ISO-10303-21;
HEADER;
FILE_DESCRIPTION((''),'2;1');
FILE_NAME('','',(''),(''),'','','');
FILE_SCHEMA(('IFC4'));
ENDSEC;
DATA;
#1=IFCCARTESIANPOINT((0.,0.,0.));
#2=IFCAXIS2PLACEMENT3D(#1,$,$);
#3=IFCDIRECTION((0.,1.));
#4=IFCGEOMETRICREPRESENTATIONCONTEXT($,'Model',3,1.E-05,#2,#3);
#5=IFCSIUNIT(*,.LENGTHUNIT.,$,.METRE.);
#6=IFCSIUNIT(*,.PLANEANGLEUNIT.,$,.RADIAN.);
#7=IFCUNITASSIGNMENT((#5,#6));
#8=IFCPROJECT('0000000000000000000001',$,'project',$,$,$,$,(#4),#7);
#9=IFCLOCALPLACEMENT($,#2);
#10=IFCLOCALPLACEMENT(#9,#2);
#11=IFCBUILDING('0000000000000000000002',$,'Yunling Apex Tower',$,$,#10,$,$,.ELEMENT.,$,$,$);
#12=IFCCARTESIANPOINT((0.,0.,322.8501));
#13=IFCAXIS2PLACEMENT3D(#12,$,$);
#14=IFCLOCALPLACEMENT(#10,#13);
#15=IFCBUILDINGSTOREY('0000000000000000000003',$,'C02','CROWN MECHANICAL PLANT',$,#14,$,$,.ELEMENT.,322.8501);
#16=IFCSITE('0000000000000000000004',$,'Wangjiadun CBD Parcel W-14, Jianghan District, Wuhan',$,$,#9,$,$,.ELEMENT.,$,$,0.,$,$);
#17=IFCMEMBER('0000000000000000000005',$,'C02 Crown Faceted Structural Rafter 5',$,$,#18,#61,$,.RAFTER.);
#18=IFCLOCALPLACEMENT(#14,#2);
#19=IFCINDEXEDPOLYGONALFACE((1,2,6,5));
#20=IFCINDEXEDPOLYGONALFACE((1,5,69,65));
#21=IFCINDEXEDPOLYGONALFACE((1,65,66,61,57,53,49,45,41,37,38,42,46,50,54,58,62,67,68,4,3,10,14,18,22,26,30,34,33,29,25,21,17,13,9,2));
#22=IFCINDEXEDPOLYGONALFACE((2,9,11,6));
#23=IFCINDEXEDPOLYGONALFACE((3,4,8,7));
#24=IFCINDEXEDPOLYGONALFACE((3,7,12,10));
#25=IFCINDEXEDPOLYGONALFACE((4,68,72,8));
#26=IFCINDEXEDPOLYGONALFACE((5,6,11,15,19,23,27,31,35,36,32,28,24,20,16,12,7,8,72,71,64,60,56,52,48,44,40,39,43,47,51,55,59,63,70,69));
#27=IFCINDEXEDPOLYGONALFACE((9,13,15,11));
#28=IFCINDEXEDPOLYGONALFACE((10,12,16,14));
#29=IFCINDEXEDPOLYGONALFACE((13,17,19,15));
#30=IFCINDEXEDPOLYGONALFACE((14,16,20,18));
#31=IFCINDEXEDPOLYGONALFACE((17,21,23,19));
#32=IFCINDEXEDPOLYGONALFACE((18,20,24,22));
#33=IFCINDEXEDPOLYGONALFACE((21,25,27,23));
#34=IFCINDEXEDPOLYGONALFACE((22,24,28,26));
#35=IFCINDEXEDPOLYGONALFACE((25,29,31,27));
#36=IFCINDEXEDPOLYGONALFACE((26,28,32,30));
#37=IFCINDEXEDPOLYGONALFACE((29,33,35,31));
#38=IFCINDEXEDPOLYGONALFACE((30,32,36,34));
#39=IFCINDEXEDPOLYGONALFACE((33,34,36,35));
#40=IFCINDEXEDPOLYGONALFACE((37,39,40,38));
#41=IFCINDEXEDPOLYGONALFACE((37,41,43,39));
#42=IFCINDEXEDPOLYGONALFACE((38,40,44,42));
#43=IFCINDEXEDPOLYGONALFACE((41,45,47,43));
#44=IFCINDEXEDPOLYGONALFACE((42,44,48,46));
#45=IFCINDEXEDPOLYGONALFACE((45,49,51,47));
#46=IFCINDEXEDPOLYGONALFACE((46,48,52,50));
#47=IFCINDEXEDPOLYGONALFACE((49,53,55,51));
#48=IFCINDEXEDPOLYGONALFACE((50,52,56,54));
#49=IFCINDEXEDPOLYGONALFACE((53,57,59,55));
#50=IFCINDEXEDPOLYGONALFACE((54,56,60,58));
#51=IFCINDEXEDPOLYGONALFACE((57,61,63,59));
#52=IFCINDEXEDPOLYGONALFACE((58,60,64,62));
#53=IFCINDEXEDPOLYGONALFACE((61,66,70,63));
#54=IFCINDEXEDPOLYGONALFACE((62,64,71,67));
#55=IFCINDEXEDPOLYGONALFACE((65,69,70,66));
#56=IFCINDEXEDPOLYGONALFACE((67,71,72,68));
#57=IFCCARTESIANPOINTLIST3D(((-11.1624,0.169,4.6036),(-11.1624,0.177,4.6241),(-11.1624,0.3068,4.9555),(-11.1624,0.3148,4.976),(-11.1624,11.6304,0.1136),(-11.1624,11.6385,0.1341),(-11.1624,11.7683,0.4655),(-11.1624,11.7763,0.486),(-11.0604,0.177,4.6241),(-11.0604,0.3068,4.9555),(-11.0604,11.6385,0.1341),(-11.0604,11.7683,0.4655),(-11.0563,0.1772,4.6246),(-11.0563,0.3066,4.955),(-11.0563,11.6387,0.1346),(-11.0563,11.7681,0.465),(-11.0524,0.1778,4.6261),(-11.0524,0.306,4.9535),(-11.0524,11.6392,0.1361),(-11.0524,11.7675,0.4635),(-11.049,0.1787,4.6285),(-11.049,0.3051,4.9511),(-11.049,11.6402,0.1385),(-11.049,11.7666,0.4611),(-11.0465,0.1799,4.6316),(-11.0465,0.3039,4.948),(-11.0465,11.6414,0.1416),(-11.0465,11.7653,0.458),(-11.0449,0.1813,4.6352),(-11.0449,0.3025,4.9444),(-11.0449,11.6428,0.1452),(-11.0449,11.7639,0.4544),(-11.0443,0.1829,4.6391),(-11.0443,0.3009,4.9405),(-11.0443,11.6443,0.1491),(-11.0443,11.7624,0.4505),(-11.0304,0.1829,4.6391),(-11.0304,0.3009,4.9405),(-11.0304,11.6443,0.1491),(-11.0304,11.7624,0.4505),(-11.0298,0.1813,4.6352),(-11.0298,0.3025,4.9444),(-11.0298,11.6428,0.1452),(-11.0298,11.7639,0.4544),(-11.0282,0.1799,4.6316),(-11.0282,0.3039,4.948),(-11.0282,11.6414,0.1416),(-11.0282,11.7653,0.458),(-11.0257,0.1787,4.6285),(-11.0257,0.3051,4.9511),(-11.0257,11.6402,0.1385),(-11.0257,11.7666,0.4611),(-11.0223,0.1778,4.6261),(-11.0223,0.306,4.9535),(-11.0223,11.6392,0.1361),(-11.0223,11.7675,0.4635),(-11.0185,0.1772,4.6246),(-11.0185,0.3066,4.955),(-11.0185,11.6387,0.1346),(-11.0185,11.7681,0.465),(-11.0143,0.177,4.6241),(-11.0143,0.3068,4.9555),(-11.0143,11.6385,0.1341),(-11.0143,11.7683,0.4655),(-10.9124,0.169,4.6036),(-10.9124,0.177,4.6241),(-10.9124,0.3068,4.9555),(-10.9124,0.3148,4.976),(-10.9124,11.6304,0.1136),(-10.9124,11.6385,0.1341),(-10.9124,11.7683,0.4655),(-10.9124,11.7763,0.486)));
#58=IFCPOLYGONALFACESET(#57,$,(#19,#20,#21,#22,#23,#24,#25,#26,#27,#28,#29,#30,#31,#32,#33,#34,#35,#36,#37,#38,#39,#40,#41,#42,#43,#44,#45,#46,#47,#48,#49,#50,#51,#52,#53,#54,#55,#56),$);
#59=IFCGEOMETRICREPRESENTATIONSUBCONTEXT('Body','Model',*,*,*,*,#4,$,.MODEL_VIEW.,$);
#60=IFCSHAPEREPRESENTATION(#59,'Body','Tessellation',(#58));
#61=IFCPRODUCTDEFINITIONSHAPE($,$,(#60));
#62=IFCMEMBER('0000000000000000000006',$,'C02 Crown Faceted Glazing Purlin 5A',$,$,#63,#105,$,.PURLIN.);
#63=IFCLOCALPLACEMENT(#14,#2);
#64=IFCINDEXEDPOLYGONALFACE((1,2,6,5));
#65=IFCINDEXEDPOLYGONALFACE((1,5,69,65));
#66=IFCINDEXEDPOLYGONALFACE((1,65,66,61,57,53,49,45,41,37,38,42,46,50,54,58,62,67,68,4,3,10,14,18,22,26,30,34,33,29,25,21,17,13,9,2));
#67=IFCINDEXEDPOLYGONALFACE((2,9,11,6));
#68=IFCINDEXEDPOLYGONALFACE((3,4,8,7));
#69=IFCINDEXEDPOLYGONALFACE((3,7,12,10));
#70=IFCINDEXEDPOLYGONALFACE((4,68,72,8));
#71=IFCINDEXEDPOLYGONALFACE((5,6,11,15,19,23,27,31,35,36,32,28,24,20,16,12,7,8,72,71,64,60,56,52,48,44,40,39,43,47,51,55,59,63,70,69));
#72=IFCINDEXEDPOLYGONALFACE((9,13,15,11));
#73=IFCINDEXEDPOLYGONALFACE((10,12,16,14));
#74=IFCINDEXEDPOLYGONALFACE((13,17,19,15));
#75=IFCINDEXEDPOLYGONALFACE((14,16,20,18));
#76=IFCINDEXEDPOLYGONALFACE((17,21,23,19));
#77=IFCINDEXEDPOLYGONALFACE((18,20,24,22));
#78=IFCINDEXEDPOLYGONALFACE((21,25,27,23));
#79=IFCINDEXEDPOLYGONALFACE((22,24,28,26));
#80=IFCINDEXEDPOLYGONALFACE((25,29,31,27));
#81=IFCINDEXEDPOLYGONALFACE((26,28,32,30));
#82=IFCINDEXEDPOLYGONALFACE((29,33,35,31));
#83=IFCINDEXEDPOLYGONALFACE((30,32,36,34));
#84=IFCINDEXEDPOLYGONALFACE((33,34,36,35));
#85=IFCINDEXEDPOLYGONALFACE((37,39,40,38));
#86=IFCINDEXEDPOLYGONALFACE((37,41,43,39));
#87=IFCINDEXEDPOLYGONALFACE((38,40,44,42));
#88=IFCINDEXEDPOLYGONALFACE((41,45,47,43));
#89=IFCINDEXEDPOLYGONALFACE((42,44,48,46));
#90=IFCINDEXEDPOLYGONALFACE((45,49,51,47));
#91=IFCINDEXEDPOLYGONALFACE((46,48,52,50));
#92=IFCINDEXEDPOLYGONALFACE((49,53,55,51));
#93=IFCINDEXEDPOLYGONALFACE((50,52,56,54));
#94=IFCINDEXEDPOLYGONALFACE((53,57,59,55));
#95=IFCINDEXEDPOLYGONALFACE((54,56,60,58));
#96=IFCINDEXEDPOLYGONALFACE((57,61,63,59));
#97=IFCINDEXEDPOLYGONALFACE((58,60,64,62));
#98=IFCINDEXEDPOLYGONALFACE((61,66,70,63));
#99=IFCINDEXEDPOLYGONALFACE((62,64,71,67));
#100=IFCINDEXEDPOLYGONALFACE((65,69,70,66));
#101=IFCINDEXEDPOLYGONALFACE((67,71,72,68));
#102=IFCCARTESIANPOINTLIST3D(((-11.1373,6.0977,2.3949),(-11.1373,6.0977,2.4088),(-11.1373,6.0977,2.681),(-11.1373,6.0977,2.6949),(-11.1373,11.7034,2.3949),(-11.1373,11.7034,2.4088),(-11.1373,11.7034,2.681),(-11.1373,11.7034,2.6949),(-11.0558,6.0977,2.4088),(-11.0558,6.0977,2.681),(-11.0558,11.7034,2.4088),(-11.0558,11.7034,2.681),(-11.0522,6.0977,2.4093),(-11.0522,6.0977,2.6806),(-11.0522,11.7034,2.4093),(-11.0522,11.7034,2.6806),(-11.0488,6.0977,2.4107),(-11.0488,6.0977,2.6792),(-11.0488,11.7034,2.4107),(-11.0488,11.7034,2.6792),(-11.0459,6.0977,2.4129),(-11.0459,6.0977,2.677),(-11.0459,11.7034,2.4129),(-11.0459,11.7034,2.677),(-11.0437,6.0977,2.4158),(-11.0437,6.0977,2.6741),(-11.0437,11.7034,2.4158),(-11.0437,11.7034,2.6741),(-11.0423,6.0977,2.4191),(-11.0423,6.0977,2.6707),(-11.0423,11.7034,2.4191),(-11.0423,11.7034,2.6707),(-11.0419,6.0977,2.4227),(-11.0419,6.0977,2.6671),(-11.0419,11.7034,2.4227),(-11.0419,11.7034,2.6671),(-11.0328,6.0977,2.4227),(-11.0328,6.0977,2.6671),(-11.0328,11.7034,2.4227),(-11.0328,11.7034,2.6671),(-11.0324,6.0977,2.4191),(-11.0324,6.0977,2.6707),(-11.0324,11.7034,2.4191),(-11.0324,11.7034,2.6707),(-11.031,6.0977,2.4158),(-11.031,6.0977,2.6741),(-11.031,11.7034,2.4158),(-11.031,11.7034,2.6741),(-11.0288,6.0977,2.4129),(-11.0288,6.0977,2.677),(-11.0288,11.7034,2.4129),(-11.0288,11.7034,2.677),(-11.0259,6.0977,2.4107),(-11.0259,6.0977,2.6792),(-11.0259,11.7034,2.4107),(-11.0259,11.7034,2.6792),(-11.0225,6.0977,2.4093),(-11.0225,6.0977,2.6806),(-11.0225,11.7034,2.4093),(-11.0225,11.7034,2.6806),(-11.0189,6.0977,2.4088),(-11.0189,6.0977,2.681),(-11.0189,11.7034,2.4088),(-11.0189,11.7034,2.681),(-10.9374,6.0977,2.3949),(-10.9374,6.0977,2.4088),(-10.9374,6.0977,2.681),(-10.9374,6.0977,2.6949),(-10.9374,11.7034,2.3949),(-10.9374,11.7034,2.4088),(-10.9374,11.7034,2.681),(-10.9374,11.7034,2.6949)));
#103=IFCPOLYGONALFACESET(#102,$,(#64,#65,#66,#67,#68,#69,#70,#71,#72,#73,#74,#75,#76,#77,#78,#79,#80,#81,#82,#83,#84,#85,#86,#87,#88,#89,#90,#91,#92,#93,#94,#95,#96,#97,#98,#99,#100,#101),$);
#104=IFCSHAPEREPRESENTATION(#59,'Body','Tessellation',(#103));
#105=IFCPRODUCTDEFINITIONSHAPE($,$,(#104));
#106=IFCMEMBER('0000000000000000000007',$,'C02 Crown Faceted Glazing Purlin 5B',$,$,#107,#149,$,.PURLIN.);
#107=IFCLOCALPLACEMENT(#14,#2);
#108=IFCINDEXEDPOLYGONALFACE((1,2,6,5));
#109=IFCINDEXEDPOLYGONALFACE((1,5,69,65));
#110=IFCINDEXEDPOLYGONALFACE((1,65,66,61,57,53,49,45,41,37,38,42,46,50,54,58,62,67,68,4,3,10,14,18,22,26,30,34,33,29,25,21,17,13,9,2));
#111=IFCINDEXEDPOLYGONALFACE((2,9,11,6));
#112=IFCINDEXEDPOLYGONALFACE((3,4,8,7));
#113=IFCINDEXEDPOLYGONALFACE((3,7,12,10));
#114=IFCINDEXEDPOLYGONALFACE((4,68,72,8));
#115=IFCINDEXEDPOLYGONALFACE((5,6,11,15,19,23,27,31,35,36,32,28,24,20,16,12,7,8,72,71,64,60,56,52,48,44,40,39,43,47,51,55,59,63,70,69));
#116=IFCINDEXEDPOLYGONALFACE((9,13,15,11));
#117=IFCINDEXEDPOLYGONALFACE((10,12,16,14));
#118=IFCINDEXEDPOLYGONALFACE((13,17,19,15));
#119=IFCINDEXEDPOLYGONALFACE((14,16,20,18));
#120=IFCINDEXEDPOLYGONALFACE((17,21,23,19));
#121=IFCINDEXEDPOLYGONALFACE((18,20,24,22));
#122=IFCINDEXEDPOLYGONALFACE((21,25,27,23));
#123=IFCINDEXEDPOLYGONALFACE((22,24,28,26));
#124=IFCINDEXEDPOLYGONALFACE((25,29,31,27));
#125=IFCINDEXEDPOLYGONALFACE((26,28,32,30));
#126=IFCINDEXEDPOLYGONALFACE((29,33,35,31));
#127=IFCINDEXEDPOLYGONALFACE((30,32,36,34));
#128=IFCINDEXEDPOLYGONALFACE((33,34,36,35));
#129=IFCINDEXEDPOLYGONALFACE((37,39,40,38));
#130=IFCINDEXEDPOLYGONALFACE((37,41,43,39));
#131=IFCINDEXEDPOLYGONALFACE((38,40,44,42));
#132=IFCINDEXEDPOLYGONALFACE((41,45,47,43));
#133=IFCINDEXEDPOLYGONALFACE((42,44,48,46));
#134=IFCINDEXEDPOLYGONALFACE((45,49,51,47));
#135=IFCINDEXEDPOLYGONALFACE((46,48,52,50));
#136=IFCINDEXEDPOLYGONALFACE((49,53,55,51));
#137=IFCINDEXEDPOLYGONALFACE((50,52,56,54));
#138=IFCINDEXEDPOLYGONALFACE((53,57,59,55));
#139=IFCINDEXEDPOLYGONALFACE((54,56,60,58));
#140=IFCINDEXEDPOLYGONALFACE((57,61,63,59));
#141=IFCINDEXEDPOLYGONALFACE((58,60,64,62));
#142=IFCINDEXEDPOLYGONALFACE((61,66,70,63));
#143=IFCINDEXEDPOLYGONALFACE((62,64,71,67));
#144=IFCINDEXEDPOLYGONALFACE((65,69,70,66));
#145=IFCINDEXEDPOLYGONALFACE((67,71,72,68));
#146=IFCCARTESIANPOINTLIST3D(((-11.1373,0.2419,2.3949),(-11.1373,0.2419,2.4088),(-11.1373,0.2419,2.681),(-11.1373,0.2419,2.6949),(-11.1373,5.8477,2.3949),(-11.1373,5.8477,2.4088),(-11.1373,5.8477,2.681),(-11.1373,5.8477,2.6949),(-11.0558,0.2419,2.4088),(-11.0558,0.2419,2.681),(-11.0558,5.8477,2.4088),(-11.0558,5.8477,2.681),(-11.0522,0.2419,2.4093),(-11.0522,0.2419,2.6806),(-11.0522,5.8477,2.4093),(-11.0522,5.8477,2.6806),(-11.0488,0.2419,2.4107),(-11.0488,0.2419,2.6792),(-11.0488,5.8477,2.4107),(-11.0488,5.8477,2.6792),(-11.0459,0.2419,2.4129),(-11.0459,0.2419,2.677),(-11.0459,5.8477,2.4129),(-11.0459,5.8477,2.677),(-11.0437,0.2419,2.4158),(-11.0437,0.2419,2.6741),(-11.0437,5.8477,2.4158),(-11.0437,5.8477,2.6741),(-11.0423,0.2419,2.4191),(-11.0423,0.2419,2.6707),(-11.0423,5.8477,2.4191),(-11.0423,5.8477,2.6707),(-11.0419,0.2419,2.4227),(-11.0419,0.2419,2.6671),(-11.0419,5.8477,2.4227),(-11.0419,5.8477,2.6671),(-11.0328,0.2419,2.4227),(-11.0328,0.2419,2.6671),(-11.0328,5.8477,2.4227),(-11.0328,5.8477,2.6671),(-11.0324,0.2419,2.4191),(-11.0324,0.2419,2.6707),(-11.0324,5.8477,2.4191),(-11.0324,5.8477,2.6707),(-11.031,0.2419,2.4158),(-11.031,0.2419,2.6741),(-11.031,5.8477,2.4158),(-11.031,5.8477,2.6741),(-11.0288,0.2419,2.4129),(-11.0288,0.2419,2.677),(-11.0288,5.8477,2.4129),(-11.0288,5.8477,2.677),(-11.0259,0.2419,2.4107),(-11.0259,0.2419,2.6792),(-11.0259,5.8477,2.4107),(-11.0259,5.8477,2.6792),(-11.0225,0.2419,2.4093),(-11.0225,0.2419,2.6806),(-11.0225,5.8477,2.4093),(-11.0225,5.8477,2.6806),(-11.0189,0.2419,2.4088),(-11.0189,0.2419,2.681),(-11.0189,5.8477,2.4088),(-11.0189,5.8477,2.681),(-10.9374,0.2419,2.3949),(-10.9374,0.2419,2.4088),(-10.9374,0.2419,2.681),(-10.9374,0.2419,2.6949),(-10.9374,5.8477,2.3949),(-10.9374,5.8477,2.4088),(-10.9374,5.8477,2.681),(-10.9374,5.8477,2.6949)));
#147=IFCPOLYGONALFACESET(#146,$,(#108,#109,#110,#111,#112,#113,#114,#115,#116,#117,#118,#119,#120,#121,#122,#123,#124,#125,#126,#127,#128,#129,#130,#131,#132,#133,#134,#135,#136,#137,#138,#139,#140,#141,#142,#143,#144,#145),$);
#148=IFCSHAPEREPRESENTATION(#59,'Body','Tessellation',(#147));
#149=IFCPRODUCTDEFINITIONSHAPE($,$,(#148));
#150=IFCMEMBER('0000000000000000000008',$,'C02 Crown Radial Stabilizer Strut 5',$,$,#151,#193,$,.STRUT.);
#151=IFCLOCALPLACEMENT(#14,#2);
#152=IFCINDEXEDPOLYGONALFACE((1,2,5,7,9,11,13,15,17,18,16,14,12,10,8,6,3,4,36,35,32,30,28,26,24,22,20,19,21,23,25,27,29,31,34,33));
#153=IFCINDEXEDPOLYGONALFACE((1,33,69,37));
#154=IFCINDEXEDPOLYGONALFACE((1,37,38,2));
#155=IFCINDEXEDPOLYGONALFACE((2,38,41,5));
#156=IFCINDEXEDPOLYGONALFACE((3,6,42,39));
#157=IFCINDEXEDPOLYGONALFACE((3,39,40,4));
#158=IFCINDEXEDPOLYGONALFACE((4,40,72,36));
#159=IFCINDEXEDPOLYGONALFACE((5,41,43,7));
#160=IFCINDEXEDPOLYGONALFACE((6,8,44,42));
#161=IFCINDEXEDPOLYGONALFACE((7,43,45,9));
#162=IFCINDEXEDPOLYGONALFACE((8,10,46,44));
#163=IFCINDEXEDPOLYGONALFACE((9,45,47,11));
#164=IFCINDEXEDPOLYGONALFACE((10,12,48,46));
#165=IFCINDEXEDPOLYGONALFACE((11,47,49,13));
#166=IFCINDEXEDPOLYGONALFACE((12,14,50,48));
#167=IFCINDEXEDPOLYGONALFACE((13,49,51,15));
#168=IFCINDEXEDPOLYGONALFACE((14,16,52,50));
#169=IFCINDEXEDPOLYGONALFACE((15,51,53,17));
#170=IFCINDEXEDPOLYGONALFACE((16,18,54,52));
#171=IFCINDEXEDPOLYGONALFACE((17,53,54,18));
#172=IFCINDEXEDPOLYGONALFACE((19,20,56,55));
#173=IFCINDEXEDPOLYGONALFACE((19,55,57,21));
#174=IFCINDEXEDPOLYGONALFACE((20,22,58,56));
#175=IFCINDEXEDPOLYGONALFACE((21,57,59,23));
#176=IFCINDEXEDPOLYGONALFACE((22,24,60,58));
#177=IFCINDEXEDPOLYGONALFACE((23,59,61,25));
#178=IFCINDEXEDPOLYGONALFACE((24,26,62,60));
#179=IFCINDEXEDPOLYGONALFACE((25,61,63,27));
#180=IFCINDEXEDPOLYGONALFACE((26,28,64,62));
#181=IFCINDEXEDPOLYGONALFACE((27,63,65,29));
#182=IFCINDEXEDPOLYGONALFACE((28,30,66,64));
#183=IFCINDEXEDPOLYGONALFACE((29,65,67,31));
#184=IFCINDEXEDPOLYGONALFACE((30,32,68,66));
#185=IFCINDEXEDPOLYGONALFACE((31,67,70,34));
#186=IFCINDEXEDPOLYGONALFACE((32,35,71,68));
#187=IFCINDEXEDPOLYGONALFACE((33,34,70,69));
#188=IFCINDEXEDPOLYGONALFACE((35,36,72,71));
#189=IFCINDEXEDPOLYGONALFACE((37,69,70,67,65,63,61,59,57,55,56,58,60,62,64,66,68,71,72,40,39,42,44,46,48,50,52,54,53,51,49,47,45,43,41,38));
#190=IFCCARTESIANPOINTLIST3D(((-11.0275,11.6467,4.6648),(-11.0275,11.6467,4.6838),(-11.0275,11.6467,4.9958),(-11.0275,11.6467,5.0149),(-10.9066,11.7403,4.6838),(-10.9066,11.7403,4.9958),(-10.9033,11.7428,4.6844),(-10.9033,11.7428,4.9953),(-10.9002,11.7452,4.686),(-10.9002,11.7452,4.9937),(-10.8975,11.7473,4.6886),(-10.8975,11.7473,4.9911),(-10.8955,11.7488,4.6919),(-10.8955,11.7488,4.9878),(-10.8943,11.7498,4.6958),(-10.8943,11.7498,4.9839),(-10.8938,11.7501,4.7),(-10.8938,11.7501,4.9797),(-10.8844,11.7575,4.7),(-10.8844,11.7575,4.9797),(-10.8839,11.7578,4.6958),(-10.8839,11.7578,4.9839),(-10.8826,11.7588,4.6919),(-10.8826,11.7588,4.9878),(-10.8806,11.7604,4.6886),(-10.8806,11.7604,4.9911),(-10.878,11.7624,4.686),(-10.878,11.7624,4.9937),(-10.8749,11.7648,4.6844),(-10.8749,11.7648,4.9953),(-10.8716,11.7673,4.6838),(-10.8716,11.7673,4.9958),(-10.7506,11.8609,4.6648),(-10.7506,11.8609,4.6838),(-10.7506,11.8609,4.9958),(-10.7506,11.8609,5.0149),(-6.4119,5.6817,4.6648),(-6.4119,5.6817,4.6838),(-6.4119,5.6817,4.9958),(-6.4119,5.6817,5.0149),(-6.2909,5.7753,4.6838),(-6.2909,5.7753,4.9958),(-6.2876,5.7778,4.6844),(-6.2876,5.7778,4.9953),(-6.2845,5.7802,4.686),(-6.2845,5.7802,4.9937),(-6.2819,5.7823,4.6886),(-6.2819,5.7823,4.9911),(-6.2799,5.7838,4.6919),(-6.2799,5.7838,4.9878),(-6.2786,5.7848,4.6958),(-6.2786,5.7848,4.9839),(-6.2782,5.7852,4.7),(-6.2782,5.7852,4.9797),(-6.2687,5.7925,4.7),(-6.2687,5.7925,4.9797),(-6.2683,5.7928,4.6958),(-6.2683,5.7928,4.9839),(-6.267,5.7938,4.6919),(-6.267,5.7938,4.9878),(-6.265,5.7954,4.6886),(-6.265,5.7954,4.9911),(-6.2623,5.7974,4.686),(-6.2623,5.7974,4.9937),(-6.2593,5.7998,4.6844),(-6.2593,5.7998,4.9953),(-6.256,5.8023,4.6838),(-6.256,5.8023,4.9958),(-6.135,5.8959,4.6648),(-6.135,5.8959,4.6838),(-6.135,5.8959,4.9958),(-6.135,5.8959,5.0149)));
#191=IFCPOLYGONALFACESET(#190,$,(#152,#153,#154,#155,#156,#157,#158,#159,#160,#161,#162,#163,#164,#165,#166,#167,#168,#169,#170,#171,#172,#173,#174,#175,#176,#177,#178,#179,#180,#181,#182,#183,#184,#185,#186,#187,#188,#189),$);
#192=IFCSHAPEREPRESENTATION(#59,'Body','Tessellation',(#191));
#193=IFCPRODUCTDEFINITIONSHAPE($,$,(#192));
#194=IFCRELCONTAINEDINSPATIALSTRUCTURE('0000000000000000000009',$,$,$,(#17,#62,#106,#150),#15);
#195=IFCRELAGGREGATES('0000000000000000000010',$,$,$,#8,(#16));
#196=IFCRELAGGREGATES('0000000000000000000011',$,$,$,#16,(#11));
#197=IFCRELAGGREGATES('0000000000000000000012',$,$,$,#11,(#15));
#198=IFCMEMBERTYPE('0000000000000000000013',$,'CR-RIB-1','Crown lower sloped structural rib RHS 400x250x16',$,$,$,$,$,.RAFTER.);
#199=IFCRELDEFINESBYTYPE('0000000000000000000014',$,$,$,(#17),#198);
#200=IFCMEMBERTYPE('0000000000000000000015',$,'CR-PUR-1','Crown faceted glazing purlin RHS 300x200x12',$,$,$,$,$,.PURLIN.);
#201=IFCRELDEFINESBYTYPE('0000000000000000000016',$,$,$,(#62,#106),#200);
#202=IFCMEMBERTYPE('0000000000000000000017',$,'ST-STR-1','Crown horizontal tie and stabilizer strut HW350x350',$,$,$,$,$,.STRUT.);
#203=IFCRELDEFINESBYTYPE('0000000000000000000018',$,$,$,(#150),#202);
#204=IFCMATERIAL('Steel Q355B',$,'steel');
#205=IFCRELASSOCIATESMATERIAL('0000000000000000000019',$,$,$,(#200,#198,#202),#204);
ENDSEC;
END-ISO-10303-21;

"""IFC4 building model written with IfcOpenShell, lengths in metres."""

from ifc_helpers import new_model, si_unit, direction, frame, origin, origin_2d, place, context, subcontext, project, spatial, i_section, extrude, source, transform, mapped, material, material_profile, profile_set, type_object, element, save


model = new_model("IFC4")

# Units and contexts
model_context = context("Model", 3, precision=1e-05, world=origin(), true_north=direction((0.0, 1.0)))
body_context = subcontext(model_context, "Body", "Model", "MODEL_VIEW")
ifc_project = project(units=[si_unit("LENGTHUNIT", "METRE"), si_unit("PLANEANGLEUNIT", "RADIAN")], contexts=[model_context])

# Site, building, storey
site_placement = place(None, origin())
site = spatial("IfcSite", under=ifc_project, at=site_placement, Name="Wangjiadun CBD Parcel W-14, Jianghan District, Wuhan", CompositionType="ELEMENT", RefElevation=0.0)
building_placement = place(site_placement, origin())
building = spatial("IfcBuilding", under=site, at=building_placement, Name="Yunling Apex Tower", CompositionType="ELEMENT")
storey_placement = place(building_placement, frame((0.0, 0.0, 322.8501)))
storey = spatial("IfcBuildingStorey", under=building, at=storey_placement, Name="C02", Description="CROWN MECHANICAL PLANT", CompositionType="ELEMENT", Elevation=322.8501)

# Shared definitions
ifc_material_1 = material(Name="Steel Q355B", Category="steel")

# Shared definitions
ifc_material_profile_1 = material_profile(ifc_material_1, i_section(OverallWidth=0.2, OverallDepth=0.3, WebThickness=0.009, FlangeThickness=0.0139, FilletRadius=0.0139, at=origin_2d()))
ifc_profile_set_1 = profile_set([ifc_material_profile_1], Name="Steel Q355B")
member_type_1 = type_object("IfcMemberType", Name="CR-PUR-1", Description="Crown faceted glazing purlin RHS 300x200x12", PredefinedType="PURLIN", material=ifc_profile_set_1)

# Members
ifc_material_profile_2 = material_profile(ifc_material_1, i_section(OverallWidth=0.25, OverallDepth=0.3999, WebThickness=0.0139, FlangeThickness=0.022, FilletRadius=0.0161, at=origin_2d()))
ifc_profile_set_2 = profile_set([ifc_material_profile_2], Name="Steel Q355B")
member_type_2 = type_object("IfcMemberType", Name="CR-RIB-1", Description="Crown lower sloped structural rib RHS 400x250x16", PredefinedType="RAFTER", material=ifc_profile_set_2)
shared_shape_1 = source(origin(), body_context, "Body", "SweptSolid", [
    extrude(i_section(OverallWidth=0.25, OverallDepth=0.3999, WebThickness=0.0139, FlangeThickness=0.022, FilletRadius=0.0161, at=origin_2d()), origin(), (0.0, 0.0, 1.0), 12.3096),
])
member_1_placement = place(storey_placement, frame((-11.0374, 11.7034, 0.2998), z_axis=(0.0, -0.931103, 0.364758), x_axis=(1.0, 0.0, 0.0)))
element("IfcMember", 1, at=member_1_placement, inside=storey, type_object=member_type_2, Name="C02 Crown Faceted Structural Rafter 5", PredefinedType="RAFTER", context=body_context, shape_type="MappedRepresentation", body=[
    mapped(shared_shape_1, transform((0.0, 0.0, 0.0), scale=1.0)),
])
shared_shape_2 = source(origin(), body_context, "Body", "SweptSolid", [
    extrude(i_section(OverallWidth=0.2, OverallDepth=0.3, WebThickness=0.009, FlangeThickness=0.0139, FilletRadius=0.0139, at=origin_2d()), origin(), (0.0, 0.0, 1.0), 5.6057),
])
for number, where, z_axis, x_axis, name in (
    (2, (-11.0374, 11.7034, 2.5449), (0.0, -1.0, 0.0), (1.0, 0.0, 0.0), "C02 Crown Faceted Glazing Purlin 5A"),
    (3, (-11.0374, 5.8477, 2.5449), (0.0, -1.0, 0.0), (1.0, 0.0, 0.0), "C02 Crown Faceted Glazing Purlin 5B"),
):
    element("IfcMember", number, at=place(storey_placement, frame(where, z_axis=z_axis, x_axis=x_axis)), inside=storey, type_object=member_type_1, Name=name, PredefinedType="PURLIN", context=body_context, shape_type="MappedRepresentation", body=[
        mapped(shared_shape_2, transform((0.0, 0.0, 0.0), scale=1.0)),
    ])
ifc_material_profile_3 = material_profile(ifc_material_1, i_section(OverallWidth=0.3501, OverallDepth=0.3501, WebThickness=0.012, FlangeThickness=0.019, FilletRadius=0.0161, at=origin_2d()))
ifc_profile_set_3 = profile_set([ifc_material_profile_3], Name="Steel Q355B")
member_type_3 = type_object("IfcMemberType", Name="ST-STR-1", Description="Crown horizontal tie and stabilizer strut HW350x350", PredefinedType="STRUT", material=ifc_profile_set_3)
shared_shape_3 = source(origin(), body_context, "Body", "SweptSolid", [
    extrude(i_section(OverallWidth=0.3501, OverallDepth=0.3501, WebThickness=0.012, FlangeThickness=0.019, FilletRadius=0.0161, at=origin_2d()), origin(), (0.0, 0.0, 1.0), 7.5422),
])
member_2_placement = place(storey_placement, frame((-6.2734, 5.7888, 4.8398), z_axis=(-0.611973, 0.790878, 0.0), x_axis=(-0.790878, -0.611973, 0.0)))
element("IfcMember", 4, at=member_2_placement, inside=storey, type_object=member_type_3, Name="C02 Crown Radial Stabilizer Strut 5", PredefinedType="STRUT", context=body_context, shape_type="MappedRepresentation", body=[
    mapped(shared_shape_3, transform((0.0, 0.0, 0.0), scale=1.0)),
])

save(model, "model.ifc")
